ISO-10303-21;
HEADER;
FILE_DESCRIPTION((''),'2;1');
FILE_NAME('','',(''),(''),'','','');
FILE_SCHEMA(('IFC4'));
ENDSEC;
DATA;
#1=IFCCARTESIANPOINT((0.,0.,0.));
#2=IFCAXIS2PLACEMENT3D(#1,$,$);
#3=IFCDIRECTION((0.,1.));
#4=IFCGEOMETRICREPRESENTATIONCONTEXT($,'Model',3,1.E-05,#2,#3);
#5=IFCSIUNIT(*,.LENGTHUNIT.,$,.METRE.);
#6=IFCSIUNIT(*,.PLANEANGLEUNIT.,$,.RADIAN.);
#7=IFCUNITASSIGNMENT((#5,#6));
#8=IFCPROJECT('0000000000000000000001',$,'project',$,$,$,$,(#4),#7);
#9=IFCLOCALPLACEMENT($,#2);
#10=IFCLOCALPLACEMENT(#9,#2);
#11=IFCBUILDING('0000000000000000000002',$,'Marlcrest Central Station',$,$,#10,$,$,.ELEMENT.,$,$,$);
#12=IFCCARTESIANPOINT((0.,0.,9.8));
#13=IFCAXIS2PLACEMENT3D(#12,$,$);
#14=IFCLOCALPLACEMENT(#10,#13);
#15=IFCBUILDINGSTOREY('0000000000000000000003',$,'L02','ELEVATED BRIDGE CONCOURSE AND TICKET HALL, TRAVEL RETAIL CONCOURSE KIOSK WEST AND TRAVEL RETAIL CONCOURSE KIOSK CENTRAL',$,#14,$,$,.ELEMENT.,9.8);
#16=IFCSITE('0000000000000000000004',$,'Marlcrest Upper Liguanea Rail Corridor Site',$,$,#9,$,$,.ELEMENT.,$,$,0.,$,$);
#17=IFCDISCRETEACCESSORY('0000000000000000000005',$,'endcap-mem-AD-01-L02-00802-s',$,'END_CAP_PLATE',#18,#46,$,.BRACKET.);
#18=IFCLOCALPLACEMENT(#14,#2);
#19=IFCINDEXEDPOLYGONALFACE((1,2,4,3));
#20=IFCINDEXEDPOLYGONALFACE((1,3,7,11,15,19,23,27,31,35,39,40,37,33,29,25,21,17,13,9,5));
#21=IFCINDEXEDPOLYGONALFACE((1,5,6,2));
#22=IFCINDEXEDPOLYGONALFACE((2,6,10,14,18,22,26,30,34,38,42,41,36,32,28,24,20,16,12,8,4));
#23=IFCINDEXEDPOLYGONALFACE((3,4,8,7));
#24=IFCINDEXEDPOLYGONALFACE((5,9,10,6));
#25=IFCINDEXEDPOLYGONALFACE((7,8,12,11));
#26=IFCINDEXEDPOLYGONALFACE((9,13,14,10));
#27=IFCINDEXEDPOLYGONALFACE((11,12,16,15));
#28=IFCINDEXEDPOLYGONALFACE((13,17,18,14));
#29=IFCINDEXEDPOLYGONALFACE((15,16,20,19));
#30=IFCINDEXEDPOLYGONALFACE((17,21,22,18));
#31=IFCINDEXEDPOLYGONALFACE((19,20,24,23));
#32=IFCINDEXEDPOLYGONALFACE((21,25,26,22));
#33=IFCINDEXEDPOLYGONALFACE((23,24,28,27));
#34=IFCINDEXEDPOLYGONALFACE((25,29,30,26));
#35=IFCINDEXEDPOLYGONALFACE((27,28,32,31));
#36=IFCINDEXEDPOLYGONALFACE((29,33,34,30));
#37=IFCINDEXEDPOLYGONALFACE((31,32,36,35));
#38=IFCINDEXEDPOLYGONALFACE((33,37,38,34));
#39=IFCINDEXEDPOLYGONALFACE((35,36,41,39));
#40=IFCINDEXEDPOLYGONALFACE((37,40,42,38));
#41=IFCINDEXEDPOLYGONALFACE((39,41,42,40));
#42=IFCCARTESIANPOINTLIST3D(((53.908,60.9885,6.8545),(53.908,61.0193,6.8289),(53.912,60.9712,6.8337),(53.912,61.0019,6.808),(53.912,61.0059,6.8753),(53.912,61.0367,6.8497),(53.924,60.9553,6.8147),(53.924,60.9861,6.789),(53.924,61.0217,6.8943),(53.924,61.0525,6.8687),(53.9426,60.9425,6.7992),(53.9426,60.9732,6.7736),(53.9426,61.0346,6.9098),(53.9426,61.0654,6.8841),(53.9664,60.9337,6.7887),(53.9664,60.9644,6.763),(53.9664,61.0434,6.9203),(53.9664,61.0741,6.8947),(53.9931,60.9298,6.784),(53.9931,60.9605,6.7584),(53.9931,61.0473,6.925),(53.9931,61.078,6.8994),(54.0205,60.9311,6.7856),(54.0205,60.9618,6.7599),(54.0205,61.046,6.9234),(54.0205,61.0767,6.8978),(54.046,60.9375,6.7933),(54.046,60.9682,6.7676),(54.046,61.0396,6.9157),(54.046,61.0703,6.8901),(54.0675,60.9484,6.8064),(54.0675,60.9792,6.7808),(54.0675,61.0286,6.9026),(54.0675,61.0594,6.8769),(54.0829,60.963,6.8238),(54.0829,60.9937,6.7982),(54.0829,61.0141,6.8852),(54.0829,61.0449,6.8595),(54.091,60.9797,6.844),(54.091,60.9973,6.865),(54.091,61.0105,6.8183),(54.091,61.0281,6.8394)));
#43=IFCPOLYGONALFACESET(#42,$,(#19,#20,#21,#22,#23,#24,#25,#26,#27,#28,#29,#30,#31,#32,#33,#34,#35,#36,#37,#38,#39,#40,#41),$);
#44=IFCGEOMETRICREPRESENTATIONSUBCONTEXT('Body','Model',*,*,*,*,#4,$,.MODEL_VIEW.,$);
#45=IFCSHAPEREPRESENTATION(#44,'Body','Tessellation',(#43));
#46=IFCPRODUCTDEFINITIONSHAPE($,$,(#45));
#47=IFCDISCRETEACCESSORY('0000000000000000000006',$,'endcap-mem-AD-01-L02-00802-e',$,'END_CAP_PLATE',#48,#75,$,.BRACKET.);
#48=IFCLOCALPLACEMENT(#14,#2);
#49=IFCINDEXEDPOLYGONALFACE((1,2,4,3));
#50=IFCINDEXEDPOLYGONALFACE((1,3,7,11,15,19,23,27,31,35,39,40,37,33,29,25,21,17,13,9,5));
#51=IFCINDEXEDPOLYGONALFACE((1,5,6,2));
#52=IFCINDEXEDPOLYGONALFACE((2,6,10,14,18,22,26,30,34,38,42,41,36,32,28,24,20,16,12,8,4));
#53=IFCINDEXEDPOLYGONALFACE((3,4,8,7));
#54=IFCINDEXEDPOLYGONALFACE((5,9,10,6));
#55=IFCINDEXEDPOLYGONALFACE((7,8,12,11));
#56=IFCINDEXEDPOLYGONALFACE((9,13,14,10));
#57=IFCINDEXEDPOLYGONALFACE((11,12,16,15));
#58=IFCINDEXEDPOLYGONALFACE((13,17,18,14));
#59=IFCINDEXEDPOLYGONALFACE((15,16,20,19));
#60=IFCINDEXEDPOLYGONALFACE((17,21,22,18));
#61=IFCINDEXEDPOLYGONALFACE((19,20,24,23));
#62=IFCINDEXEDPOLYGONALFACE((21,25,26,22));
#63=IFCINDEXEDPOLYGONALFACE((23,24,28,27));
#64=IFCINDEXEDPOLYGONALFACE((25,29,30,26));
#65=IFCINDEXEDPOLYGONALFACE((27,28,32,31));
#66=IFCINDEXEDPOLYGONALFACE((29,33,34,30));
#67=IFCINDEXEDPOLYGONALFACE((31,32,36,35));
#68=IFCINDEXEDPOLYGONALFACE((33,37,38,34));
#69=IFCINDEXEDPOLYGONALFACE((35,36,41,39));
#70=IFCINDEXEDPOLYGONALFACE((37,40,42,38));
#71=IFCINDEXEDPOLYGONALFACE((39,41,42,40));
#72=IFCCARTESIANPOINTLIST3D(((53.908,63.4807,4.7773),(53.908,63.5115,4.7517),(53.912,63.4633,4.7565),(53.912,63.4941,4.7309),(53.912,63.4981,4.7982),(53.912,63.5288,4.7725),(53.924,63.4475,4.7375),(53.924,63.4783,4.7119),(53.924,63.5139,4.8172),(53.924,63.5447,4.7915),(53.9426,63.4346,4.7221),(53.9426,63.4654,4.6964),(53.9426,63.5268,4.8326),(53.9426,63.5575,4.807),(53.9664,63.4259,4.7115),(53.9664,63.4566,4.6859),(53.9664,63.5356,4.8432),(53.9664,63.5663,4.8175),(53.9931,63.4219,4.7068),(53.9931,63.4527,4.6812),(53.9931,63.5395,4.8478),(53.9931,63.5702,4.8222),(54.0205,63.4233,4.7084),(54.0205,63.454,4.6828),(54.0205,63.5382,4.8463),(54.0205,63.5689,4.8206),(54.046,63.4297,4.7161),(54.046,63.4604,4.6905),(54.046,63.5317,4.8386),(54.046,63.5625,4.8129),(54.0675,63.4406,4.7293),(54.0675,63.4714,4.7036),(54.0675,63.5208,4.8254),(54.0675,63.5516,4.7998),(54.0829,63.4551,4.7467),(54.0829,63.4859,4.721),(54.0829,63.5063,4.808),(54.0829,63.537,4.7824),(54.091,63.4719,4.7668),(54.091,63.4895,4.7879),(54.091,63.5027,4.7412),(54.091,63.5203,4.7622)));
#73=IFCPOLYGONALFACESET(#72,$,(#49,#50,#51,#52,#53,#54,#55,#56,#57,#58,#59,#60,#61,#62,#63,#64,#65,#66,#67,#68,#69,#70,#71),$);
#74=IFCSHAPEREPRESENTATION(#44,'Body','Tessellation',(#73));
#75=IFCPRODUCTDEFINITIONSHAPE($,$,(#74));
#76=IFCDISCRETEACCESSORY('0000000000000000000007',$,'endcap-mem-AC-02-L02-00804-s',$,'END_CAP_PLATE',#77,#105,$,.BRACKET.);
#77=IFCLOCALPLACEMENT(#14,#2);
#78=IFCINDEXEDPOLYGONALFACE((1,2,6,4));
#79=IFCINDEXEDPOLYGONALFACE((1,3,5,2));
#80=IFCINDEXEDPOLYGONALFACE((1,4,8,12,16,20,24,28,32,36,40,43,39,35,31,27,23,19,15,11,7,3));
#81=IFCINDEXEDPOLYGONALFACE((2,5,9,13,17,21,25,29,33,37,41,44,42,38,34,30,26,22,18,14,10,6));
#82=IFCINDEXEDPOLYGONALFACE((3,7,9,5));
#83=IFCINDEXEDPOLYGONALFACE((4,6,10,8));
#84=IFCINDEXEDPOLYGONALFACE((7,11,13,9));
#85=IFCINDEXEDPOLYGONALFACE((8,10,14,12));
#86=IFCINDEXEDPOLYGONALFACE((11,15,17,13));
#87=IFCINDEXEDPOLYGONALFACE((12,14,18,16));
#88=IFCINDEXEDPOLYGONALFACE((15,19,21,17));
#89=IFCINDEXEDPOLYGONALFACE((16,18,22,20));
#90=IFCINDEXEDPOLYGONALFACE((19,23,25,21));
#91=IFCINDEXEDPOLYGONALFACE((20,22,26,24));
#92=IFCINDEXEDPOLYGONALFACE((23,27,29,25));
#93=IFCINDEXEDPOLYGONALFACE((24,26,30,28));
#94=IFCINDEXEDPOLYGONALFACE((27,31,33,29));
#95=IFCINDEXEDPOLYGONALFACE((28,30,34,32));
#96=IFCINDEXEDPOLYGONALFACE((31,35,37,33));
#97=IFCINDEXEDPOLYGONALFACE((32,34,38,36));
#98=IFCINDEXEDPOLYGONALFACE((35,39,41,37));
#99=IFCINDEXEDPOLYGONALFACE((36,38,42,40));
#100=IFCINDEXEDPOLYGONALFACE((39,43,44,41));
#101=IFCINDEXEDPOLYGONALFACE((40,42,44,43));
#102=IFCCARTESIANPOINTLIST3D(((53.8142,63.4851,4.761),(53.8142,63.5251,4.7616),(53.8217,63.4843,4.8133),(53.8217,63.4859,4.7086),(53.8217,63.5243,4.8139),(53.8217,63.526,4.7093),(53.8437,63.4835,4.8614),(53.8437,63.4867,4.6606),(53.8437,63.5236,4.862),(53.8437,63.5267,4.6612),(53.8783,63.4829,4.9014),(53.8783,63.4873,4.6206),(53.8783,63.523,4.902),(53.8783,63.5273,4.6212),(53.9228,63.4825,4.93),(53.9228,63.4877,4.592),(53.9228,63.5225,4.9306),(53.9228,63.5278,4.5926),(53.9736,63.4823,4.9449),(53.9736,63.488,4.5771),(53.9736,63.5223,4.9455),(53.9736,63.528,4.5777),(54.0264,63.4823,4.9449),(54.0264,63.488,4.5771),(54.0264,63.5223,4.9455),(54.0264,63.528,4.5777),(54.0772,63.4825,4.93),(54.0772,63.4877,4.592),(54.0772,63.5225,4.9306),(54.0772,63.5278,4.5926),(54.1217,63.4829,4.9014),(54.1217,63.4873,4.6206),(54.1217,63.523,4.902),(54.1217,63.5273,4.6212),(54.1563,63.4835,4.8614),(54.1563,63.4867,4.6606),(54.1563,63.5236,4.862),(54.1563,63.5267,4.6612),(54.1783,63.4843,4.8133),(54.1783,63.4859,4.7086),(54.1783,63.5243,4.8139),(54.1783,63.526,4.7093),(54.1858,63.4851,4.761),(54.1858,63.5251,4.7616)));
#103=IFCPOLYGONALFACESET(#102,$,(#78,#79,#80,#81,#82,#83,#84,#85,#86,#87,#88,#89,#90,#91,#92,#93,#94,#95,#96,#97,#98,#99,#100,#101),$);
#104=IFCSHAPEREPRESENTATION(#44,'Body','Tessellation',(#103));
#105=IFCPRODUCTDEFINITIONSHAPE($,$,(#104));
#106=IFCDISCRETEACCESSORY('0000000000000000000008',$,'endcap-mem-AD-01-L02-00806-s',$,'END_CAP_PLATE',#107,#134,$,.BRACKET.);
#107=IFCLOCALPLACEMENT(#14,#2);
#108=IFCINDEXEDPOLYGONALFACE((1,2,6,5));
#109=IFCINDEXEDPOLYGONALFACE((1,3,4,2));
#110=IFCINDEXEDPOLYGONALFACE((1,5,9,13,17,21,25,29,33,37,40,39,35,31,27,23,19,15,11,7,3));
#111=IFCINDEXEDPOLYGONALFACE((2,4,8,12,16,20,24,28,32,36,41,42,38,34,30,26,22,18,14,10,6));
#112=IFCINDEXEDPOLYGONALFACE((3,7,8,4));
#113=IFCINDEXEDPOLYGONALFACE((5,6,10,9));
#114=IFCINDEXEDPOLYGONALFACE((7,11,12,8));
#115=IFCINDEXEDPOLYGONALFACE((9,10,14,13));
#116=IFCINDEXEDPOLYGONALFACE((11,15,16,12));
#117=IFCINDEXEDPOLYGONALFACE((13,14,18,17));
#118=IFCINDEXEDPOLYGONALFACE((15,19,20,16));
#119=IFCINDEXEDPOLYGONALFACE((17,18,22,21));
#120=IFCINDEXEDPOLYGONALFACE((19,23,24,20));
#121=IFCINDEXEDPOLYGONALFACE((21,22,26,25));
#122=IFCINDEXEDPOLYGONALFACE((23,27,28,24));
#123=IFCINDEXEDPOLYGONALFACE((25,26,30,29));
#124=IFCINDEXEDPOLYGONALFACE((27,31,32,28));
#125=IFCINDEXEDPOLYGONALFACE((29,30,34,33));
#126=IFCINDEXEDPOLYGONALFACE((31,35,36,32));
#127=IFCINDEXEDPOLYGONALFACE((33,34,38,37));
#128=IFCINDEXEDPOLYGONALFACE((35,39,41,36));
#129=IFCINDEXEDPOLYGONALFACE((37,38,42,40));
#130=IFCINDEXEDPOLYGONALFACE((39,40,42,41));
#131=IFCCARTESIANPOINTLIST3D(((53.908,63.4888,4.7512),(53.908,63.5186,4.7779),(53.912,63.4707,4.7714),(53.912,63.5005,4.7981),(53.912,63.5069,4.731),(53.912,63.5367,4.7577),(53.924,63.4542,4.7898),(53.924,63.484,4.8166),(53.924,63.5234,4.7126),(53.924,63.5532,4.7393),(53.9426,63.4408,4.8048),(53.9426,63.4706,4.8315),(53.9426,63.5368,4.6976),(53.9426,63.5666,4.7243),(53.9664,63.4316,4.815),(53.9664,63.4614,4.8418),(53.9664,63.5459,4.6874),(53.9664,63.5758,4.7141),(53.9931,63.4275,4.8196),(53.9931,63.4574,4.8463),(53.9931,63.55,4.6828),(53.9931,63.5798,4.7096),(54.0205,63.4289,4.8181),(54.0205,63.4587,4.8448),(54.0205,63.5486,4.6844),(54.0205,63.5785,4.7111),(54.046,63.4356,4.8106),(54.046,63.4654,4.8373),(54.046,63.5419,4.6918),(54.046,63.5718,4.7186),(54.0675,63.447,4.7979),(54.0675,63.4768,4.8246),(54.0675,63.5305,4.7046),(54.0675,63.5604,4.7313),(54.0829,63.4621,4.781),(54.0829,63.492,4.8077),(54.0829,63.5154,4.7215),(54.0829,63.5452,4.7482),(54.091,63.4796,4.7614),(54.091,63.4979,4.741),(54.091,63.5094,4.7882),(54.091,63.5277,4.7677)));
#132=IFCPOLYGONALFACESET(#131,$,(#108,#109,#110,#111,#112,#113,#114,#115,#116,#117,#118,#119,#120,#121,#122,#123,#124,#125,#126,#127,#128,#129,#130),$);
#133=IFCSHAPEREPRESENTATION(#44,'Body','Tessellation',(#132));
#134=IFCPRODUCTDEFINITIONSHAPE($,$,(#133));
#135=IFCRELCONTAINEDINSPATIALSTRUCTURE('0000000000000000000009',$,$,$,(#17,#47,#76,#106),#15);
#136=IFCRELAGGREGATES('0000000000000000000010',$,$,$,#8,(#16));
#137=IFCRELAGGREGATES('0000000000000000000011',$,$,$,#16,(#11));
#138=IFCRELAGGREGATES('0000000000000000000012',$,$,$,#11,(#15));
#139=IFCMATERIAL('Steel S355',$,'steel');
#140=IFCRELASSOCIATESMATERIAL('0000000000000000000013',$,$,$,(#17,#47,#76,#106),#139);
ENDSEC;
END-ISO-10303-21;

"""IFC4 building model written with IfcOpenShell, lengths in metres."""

from ifc_helpers import new_model, si_unit, direction, frame, origin, origin_2d, place, context, subcontext, project, spatial, circle, extrude, material, element, save


model = new_model("IFC4")

# Units and contexts
model_context = context("Model", 3, precision=1e-05, world=origin(), true_north=direction((0.0, 1.0)))
body_context = subcontext(model_context, "Body", "Model", "MODEL_VIEW")
ifc_project = project(units=[si_unit("LENGTHUNIT", "METRE"), si_unit("PLANEANGLEUNIT", "RADIAN")], contexts=[model_context])

# Site, building, storey
site_placement = place(None, origin())
site = spatial("IfcSite", under=ifc_project, at=site_placement, Name="Marlcrest Upper Liguanea Rail Corridor Site", CompositionType="ELEMENT", RefElevation=0.0)
building_placement = place(site_placement, origin())
building = spatial("IfcBuilding", under=site, at=building_placement, Name="Marlcrest Central Station", CompositionType="ELEMENT")
storey_placement = place(building_placement, frame((0.0, 0.0, 9.8)))
storey = spatial("IfcBuildingStorey", under=building, at=storey_placement, Name="L02", Description="ELEVATED BRIDGE CONCOURSE AND TICKET HALL, TRAVEL RETAIL CONCOURSE KIOSK WEST AND TRAVEL RETAIL CONCOURSE KIOSK CENTRAL", CompositionType="ELEMENT", Elevation=9.8)

# Shared definitions
ifc_material = material(Name="Steel S355", Category="steel")

# Discrete accessories
for number, where, z_axis, x_axis, name in (
    (1, (54.0, 60.9885, 6.8545), (0.0, 0.76816, -0.640258), (-1.0, 0.0, 0.0), "endcap-mem-AD-01-L02-00802-s"),
    (2, (54.0, 63.4807, 4.7773), (0.0, 0.76816, -0.640258), (-1.0, 0.0, 0.0), "endcap-mem-AD-01-L02-00802-e"),
):
    element("IfcDiscreteAccessory", number, at=place(storey_placement, frame(where, z_axis=z_axis, x_axis=x_axis)), inside=storey, material=ifc_material, Name=name, ObjectType="END_CAP_PLATE", PredefinedType="BRACKET", context=body_context, shape_type="SweptSolid", body=[
        extrude(circle(Radius=0.092, at=origin_2d()), origin(), (0.0, 0.0, 1.0), 0.04),
    ])
discrete_accessory_1_placement = place(storey_placement, frame((54.0, 63.4851, 4.761), z_axis=(0.0, 0.999879, 0.015525), x_axis=(-1.0, 0.0, 0.0)))
element("IfcDiscreteAccessory", 3, at=discrete_accessory_1_placement, inside=storey, material=ifc_material, Name="endcap-mem-AC-02-L02-00804-s", ObjectType="END_CAP_PLATE", PredefinedType="BRACKET", context=body_context, shape_type="SweptSolid", body=[
    extrude(circle(Radius=0.1858, at=origin_2d()), origin(), (0.0, 0.0, 1.0), 0.04),
])
discrete_accessory_2_placement = place(storey_placement, frame((54.0, 63.4888, 4.7512), z_axis=(0.0, 0.744956, 0.667114), x_axis=(-1.0, 0.0, 0.0)))
element("IfcDiscreteAccessory", 4, at=discrete_accessory_2_placement, inside=storey, material=ifc_material, Name="endcap-mem-AD-01-L02-00806-s", ObjectType="END_CAP_PLATE", PredefinedType="BRACKET", context=body_context, shape_type="SweptSolid", body=[
    extrude(circle(Radius=0.092, at=origin_2d()), origin(), (0.0, 0.0, 1.0), 0.04),
])

save(model, "model.ifc")
